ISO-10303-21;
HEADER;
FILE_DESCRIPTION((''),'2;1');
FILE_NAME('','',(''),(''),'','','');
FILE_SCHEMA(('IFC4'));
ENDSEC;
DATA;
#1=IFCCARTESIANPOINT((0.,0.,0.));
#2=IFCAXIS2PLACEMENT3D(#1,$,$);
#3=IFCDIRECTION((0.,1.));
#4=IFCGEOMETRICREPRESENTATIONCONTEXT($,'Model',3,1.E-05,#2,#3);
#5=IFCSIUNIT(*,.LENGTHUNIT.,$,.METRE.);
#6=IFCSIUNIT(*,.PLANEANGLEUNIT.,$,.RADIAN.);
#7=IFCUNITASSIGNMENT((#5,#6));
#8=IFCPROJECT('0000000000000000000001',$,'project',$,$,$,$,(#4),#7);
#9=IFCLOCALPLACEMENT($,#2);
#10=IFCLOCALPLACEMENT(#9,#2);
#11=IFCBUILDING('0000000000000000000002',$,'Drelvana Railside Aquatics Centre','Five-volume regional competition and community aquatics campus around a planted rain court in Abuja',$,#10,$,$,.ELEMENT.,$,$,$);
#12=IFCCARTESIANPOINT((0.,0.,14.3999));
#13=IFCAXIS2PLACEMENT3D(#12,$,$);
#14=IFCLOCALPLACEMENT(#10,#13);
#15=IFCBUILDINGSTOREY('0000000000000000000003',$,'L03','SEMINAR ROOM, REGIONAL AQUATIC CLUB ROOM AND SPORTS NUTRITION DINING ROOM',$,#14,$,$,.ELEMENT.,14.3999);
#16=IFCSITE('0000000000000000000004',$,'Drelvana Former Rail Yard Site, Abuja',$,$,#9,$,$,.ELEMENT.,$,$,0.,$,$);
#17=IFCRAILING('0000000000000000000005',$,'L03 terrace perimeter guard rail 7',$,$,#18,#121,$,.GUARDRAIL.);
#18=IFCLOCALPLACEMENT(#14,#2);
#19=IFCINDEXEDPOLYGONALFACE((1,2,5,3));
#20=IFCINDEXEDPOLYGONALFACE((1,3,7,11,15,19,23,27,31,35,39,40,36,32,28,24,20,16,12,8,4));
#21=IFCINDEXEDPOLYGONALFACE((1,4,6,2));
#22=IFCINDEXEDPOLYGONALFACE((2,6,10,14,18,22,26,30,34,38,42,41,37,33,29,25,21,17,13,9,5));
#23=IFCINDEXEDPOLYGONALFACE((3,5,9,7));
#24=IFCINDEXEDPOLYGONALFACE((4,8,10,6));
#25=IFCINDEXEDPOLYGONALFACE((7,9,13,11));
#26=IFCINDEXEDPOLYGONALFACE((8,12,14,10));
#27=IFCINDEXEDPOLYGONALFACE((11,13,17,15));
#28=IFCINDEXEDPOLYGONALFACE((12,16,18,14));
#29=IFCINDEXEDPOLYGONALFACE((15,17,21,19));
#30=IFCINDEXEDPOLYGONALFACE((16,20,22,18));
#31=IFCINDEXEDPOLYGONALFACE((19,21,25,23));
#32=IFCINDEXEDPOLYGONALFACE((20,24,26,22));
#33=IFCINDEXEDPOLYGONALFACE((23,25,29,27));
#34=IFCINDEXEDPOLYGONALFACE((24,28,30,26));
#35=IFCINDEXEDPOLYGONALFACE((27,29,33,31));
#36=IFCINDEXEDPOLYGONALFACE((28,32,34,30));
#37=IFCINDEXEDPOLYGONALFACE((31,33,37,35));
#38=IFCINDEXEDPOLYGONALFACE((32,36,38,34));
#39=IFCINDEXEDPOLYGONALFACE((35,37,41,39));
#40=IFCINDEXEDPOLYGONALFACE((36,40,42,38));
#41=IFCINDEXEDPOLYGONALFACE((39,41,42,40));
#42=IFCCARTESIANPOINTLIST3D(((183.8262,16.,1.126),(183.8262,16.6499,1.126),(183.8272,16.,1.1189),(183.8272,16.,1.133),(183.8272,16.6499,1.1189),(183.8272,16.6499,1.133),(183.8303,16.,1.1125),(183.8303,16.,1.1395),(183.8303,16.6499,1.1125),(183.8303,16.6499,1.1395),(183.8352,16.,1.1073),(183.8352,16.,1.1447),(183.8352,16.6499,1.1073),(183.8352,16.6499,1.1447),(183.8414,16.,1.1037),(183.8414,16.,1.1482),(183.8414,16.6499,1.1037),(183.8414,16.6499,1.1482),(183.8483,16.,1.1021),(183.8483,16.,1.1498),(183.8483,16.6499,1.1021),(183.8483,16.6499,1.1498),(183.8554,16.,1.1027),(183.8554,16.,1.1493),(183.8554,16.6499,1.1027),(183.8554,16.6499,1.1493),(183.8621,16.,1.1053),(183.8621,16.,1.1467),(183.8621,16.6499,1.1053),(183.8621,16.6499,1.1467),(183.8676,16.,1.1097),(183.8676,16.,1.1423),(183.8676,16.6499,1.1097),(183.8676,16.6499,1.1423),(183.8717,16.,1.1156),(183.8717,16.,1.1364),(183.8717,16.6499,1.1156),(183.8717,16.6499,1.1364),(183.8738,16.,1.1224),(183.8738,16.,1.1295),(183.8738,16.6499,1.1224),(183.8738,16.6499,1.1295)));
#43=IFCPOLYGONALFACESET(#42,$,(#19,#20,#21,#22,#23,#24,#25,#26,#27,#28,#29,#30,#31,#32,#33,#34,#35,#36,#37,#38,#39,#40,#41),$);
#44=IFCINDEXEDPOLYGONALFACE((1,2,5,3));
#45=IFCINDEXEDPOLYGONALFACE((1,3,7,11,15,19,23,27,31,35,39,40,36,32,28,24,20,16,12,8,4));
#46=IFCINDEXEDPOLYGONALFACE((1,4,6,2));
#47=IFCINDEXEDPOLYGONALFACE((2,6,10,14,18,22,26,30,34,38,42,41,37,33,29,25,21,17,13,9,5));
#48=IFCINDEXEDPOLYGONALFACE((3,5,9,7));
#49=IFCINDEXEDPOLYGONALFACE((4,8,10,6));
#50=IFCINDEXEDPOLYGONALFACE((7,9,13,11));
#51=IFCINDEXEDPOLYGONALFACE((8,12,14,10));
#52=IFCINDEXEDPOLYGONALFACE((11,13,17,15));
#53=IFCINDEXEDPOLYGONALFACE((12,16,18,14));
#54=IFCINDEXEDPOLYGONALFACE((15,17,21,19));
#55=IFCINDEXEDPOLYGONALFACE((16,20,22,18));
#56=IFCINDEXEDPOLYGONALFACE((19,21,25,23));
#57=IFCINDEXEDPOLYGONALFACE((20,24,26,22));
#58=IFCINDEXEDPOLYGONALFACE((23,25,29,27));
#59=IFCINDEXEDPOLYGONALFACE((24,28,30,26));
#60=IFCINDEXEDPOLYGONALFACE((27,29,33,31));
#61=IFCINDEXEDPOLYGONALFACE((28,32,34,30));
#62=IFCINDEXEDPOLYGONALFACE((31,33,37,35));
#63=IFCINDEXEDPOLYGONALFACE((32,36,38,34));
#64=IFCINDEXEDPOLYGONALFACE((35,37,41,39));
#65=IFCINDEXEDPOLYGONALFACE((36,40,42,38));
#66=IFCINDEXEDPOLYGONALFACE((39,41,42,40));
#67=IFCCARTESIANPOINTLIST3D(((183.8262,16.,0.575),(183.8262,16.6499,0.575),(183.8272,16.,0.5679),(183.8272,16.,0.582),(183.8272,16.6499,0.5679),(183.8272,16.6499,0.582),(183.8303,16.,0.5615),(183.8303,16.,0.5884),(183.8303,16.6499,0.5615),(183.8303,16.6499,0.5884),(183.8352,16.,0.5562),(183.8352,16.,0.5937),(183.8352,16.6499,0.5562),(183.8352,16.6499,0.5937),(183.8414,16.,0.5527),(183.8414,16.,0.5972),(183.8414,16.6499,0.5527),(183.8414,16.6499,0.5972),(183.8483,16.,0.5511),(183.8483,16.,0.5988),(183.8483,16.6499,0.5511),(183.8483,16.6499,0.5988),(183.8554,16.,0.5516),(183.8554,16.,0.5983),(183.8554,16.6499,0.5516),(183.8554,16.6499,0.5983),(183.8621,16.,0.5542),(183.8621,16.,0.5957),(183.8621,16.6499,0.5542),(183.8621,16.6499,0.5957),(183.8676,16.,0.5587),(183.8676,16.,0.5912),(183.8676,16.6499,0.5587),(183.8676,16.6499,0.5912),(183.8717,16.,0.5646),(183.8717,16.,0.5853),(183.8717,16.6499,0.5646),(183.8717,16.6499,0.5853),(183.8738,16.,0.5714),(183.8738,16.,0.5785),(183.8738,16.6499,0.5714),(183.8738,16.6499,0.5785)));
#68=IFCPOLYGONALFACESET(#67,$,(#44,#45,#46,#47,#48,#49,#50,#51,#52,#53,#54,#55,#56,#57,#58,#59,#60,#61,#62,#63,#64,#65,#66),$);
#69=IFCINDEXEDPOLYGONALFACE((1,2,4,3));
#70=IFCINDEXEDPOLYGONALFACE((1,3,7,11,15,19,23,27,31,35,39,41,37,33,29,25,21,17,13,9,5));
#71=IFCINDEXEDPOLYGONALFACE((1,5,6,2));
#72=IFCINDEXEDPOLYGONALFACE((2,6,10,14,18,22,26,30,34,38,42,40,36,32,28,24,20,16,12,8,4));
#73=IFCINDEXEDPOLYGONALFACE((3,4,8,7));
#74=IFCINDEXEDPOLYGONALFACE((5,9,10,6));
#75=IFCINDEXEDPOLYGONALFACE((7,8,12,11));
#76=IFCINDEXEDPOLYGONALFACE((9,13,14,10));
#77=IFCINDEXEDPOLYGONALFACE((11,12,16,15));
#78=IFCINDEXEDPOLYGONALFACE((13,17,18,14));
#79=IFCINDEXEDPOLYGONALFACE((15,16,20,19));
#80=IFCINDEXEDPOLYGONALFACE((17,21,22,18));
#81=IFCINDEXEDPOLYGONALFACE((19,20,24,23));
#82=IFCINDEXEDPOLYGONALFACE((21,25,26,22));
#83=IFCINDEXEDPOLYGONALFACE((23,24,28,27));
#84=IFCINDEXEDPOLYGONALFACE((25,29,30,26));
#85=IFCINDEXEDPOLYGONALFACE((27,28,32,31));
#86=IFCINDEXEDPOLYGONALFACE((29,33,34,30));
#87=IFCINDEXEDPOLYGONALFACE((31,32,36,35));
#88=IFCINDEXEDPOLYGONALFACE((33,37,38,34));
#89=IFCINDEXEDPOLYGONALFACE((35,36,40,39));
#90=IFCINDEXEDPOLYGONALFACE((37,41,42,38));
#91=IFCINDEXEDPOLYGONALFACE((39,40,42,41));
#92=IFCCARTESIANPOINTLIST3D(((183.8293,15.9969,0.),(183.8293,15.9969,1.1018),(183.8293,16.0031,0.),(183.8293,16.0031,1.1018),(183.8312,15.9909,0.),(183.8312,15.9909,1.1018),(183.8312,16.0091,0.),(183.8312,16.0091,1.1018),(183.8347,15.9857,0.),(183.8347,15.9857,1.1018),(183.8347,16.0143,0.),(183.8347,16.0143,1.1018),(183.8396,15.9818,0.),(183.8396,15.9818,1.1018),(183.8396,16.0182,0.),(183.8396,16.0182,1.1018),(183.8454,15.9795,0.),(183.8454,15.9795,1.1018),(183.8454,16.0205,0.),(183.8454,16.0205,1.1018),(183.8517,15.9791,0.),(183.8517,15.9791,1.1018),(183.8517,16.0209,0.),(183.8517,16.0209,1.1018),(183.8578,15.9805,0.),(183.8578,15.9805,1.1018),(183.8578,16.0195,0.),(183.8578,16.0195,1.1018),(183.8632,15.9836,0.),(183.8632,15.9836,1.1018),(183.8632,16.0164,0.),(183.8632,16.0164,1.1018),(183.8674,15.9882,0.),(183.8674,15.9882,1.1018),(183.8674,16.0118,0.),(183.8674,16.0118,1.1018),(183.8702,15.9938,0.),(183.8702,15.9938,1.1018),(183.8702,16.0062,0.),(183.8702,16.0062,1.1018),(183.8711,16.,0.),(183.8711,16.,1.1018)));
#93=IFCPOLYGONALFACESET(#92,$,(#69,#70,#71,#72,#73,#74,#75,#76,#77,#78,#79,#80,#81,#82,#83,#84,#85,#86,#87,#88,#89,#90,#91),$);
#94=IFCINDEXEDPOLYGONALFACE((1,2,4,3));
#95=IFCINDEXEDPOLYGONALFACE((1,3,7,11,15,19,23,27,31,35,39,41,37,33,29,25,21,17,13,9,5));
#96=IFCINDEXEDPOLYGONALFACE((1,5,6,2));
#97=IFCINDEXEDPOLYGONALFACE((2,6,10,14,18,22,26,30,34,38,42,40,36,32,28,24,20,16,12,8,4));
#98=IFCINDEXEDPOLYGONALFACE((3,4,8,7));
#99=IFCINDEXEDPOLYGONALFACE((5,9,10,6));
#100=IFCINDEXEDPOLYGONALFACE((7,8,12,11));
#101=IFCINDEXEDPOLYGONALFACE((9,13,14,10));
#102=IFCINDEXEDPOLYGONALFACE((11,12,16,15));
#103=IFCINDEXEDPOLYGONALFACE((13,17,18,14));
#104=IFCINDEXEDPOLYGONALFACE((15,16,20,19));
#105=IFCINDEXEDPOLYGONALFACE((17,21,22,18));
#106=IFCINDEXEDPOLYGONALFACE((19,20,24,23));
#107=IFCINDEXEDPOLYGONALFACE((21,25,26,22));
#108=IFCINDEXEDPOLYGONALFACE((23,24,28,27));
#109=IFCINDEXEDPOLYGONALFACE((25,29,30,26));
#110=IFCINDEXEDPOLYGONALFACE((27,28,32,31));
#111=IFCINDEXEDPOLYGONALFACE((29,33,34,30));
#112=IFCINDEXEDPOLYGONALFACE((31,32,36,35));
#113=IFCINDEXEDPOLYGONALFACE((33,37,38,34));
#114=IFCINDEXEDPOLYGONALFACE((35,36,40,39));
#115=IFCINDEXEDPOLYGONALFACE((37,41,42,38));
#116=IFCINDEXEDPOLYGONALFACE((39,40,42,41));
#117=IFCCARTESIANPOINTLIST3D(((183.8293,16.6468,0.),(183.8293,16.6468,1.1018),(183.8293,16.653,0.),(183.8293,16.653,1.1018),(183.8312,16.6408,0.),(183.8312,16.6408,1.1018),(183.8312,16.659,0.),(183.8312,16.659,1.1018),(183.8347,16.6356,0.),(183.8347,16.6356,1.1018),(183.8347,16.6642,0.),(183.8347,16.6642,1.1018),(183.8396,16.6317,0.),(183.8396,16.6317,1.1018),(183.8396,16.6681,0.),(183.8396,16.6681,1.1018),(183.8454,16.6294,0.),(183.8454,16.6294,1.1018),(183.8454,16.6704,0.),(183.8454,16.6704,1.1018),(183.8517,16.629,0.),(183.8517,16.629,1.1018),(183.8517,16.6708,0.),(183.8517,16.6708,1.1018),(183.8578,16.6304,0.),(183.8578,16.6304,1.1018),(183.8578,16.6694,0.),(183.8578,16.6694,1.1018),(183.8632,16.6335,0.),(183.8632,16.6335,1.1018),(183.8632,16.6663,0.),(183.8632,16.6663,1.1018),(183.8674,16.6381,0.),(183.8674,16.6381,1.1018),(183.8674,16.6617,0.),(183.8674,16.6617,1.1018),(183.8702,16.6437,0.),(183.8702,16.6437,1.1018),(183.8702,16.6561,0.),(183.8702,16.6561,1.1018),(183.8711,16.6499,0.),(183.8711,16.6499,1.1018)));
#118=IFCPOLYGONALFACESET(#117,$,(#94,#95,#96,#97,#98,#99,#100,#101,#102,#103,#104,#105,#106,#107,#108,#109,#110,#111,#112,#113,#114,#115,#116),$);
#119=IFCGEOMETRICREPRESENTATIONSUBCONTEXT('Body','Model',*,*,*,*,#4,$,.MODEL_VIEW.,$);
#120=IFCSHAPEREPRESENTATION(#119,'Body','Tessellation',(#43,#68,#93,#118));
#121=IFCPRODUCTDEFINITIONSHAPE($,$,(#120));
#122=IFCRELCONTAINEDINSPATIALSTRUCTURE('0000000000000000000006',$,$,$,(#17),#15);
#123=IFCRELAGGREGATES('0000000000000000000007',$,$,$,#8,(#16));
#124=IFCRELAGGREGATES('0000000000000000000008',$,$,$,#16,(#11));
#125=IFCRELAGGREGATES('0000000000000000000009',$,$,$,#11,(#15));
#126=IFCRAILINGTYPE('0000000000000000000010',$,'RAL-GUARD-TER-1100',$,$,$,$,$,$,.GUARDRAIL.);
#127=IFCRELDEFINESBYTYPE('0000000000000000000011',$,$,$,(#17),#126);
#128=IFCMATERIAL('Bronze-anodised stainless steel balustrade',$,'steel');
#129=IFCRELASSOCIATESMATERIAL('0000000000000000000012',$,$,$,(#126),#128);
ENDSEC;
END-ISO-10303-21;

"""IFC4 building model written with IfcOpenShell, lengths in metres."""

from ifc_helpers import new_model, si_unit, direction, frame, origin, origin_2d, place, context, subcontext, project, spatial, circle, extrude, material, type_object, element, save


model = new_model("IFC4")

# Units and contexts
model_context = context("Model", 3, precision=1e-05, world=origin(), true_north=direction((0.0, 1.0)))
body_context = subcontext(model_context, "Body", "Model", "MODEL_VIEW")
ifc_project = project(units=[si_unit("LENGTHUNIT", "METRE"), si_unit("PLANEANGLEUNIT", "RADIAN")], contexts=[model_context])

# Site, building, storey
site_placement = place(None, origin())
site = spatial("IfcSite", under=ifc_project, at=site_placement, Name="Drelvana Former Rail Yard Site, Abuja", CompositionType="ELEMENT", RefElevation=0.0)
building_placement = place(site_placement, origin())
building = spatial("IfcBuilding", under=site, at=building_placement, Name="Drelvana Railside Aquatics Centre", Description="Five-volume regional competition and community aquatics campus around a planted rain court in Abuja", CompositionType="ELEMENT")
storey_placement = place(building_placement, frame((0.0, 0.0, 14.3999)))
storey = spatial("IfcBuildingStorey", under=building, at=storey_placement, Name="L03", Description="SEMINAR ROOM, REGIONAL AQUATIC CLUB ROOM AND SPORTS NUTRITION DINING ROOM", CompositionType="ELEMENT", Elevation=14.3999)

# Railing
ifc_material_1 = material(Name="Bronze-anodised stainless steel balustrade", Category="steel")
railing_type = type_object("IfcRailingType", Name="RAL-GUARD-TER-1100", PredefinedType="GUARDRAIL", material=ifc_material_1)
railing_1_placement = place(storey_placement, frame((183.8501, 16.0, 0.0)))
element("IfcRailing", 1, at=railing_1_placement, inside=storey, type_object=railing_type, Name="L03 terrace perimeter guard rail 7", PredefinedType="GUARDRAIL", context=body_context, shape_type="SweptSolid", body=[
    extrude(circle(Radius=0.0239, at=origin_2d()), frame((0.0, 0.0, 1.126), z_axis=(0.0, 1.0, 0.0), x_axis=(-1.0, 0.0, 0.0)), (0.0, 0.0, 1.0), 0.6499),
    extrude(circle(Radius=0.0239, at=origin_2d()), frame((0.0, 0.0, 0.575), z_axis=(0.0, 1.0, 0.0), x_axis=(-1.0, 0.0, 0.0)), (0.0, 0.0, 1.0), 0.6499),
    extrude(circle(Radius=0.021, at=origin_2d()), origin(), (0.0, 0.0, 1.0), 1.1018),
    extrude(circle(Radius=0.021, at=origin_2d()), frame((0.0, 0.6499, 0.0)), (0.0, 0.0, 1.0), 1.1018),
])

save(model, "model.ifc")
